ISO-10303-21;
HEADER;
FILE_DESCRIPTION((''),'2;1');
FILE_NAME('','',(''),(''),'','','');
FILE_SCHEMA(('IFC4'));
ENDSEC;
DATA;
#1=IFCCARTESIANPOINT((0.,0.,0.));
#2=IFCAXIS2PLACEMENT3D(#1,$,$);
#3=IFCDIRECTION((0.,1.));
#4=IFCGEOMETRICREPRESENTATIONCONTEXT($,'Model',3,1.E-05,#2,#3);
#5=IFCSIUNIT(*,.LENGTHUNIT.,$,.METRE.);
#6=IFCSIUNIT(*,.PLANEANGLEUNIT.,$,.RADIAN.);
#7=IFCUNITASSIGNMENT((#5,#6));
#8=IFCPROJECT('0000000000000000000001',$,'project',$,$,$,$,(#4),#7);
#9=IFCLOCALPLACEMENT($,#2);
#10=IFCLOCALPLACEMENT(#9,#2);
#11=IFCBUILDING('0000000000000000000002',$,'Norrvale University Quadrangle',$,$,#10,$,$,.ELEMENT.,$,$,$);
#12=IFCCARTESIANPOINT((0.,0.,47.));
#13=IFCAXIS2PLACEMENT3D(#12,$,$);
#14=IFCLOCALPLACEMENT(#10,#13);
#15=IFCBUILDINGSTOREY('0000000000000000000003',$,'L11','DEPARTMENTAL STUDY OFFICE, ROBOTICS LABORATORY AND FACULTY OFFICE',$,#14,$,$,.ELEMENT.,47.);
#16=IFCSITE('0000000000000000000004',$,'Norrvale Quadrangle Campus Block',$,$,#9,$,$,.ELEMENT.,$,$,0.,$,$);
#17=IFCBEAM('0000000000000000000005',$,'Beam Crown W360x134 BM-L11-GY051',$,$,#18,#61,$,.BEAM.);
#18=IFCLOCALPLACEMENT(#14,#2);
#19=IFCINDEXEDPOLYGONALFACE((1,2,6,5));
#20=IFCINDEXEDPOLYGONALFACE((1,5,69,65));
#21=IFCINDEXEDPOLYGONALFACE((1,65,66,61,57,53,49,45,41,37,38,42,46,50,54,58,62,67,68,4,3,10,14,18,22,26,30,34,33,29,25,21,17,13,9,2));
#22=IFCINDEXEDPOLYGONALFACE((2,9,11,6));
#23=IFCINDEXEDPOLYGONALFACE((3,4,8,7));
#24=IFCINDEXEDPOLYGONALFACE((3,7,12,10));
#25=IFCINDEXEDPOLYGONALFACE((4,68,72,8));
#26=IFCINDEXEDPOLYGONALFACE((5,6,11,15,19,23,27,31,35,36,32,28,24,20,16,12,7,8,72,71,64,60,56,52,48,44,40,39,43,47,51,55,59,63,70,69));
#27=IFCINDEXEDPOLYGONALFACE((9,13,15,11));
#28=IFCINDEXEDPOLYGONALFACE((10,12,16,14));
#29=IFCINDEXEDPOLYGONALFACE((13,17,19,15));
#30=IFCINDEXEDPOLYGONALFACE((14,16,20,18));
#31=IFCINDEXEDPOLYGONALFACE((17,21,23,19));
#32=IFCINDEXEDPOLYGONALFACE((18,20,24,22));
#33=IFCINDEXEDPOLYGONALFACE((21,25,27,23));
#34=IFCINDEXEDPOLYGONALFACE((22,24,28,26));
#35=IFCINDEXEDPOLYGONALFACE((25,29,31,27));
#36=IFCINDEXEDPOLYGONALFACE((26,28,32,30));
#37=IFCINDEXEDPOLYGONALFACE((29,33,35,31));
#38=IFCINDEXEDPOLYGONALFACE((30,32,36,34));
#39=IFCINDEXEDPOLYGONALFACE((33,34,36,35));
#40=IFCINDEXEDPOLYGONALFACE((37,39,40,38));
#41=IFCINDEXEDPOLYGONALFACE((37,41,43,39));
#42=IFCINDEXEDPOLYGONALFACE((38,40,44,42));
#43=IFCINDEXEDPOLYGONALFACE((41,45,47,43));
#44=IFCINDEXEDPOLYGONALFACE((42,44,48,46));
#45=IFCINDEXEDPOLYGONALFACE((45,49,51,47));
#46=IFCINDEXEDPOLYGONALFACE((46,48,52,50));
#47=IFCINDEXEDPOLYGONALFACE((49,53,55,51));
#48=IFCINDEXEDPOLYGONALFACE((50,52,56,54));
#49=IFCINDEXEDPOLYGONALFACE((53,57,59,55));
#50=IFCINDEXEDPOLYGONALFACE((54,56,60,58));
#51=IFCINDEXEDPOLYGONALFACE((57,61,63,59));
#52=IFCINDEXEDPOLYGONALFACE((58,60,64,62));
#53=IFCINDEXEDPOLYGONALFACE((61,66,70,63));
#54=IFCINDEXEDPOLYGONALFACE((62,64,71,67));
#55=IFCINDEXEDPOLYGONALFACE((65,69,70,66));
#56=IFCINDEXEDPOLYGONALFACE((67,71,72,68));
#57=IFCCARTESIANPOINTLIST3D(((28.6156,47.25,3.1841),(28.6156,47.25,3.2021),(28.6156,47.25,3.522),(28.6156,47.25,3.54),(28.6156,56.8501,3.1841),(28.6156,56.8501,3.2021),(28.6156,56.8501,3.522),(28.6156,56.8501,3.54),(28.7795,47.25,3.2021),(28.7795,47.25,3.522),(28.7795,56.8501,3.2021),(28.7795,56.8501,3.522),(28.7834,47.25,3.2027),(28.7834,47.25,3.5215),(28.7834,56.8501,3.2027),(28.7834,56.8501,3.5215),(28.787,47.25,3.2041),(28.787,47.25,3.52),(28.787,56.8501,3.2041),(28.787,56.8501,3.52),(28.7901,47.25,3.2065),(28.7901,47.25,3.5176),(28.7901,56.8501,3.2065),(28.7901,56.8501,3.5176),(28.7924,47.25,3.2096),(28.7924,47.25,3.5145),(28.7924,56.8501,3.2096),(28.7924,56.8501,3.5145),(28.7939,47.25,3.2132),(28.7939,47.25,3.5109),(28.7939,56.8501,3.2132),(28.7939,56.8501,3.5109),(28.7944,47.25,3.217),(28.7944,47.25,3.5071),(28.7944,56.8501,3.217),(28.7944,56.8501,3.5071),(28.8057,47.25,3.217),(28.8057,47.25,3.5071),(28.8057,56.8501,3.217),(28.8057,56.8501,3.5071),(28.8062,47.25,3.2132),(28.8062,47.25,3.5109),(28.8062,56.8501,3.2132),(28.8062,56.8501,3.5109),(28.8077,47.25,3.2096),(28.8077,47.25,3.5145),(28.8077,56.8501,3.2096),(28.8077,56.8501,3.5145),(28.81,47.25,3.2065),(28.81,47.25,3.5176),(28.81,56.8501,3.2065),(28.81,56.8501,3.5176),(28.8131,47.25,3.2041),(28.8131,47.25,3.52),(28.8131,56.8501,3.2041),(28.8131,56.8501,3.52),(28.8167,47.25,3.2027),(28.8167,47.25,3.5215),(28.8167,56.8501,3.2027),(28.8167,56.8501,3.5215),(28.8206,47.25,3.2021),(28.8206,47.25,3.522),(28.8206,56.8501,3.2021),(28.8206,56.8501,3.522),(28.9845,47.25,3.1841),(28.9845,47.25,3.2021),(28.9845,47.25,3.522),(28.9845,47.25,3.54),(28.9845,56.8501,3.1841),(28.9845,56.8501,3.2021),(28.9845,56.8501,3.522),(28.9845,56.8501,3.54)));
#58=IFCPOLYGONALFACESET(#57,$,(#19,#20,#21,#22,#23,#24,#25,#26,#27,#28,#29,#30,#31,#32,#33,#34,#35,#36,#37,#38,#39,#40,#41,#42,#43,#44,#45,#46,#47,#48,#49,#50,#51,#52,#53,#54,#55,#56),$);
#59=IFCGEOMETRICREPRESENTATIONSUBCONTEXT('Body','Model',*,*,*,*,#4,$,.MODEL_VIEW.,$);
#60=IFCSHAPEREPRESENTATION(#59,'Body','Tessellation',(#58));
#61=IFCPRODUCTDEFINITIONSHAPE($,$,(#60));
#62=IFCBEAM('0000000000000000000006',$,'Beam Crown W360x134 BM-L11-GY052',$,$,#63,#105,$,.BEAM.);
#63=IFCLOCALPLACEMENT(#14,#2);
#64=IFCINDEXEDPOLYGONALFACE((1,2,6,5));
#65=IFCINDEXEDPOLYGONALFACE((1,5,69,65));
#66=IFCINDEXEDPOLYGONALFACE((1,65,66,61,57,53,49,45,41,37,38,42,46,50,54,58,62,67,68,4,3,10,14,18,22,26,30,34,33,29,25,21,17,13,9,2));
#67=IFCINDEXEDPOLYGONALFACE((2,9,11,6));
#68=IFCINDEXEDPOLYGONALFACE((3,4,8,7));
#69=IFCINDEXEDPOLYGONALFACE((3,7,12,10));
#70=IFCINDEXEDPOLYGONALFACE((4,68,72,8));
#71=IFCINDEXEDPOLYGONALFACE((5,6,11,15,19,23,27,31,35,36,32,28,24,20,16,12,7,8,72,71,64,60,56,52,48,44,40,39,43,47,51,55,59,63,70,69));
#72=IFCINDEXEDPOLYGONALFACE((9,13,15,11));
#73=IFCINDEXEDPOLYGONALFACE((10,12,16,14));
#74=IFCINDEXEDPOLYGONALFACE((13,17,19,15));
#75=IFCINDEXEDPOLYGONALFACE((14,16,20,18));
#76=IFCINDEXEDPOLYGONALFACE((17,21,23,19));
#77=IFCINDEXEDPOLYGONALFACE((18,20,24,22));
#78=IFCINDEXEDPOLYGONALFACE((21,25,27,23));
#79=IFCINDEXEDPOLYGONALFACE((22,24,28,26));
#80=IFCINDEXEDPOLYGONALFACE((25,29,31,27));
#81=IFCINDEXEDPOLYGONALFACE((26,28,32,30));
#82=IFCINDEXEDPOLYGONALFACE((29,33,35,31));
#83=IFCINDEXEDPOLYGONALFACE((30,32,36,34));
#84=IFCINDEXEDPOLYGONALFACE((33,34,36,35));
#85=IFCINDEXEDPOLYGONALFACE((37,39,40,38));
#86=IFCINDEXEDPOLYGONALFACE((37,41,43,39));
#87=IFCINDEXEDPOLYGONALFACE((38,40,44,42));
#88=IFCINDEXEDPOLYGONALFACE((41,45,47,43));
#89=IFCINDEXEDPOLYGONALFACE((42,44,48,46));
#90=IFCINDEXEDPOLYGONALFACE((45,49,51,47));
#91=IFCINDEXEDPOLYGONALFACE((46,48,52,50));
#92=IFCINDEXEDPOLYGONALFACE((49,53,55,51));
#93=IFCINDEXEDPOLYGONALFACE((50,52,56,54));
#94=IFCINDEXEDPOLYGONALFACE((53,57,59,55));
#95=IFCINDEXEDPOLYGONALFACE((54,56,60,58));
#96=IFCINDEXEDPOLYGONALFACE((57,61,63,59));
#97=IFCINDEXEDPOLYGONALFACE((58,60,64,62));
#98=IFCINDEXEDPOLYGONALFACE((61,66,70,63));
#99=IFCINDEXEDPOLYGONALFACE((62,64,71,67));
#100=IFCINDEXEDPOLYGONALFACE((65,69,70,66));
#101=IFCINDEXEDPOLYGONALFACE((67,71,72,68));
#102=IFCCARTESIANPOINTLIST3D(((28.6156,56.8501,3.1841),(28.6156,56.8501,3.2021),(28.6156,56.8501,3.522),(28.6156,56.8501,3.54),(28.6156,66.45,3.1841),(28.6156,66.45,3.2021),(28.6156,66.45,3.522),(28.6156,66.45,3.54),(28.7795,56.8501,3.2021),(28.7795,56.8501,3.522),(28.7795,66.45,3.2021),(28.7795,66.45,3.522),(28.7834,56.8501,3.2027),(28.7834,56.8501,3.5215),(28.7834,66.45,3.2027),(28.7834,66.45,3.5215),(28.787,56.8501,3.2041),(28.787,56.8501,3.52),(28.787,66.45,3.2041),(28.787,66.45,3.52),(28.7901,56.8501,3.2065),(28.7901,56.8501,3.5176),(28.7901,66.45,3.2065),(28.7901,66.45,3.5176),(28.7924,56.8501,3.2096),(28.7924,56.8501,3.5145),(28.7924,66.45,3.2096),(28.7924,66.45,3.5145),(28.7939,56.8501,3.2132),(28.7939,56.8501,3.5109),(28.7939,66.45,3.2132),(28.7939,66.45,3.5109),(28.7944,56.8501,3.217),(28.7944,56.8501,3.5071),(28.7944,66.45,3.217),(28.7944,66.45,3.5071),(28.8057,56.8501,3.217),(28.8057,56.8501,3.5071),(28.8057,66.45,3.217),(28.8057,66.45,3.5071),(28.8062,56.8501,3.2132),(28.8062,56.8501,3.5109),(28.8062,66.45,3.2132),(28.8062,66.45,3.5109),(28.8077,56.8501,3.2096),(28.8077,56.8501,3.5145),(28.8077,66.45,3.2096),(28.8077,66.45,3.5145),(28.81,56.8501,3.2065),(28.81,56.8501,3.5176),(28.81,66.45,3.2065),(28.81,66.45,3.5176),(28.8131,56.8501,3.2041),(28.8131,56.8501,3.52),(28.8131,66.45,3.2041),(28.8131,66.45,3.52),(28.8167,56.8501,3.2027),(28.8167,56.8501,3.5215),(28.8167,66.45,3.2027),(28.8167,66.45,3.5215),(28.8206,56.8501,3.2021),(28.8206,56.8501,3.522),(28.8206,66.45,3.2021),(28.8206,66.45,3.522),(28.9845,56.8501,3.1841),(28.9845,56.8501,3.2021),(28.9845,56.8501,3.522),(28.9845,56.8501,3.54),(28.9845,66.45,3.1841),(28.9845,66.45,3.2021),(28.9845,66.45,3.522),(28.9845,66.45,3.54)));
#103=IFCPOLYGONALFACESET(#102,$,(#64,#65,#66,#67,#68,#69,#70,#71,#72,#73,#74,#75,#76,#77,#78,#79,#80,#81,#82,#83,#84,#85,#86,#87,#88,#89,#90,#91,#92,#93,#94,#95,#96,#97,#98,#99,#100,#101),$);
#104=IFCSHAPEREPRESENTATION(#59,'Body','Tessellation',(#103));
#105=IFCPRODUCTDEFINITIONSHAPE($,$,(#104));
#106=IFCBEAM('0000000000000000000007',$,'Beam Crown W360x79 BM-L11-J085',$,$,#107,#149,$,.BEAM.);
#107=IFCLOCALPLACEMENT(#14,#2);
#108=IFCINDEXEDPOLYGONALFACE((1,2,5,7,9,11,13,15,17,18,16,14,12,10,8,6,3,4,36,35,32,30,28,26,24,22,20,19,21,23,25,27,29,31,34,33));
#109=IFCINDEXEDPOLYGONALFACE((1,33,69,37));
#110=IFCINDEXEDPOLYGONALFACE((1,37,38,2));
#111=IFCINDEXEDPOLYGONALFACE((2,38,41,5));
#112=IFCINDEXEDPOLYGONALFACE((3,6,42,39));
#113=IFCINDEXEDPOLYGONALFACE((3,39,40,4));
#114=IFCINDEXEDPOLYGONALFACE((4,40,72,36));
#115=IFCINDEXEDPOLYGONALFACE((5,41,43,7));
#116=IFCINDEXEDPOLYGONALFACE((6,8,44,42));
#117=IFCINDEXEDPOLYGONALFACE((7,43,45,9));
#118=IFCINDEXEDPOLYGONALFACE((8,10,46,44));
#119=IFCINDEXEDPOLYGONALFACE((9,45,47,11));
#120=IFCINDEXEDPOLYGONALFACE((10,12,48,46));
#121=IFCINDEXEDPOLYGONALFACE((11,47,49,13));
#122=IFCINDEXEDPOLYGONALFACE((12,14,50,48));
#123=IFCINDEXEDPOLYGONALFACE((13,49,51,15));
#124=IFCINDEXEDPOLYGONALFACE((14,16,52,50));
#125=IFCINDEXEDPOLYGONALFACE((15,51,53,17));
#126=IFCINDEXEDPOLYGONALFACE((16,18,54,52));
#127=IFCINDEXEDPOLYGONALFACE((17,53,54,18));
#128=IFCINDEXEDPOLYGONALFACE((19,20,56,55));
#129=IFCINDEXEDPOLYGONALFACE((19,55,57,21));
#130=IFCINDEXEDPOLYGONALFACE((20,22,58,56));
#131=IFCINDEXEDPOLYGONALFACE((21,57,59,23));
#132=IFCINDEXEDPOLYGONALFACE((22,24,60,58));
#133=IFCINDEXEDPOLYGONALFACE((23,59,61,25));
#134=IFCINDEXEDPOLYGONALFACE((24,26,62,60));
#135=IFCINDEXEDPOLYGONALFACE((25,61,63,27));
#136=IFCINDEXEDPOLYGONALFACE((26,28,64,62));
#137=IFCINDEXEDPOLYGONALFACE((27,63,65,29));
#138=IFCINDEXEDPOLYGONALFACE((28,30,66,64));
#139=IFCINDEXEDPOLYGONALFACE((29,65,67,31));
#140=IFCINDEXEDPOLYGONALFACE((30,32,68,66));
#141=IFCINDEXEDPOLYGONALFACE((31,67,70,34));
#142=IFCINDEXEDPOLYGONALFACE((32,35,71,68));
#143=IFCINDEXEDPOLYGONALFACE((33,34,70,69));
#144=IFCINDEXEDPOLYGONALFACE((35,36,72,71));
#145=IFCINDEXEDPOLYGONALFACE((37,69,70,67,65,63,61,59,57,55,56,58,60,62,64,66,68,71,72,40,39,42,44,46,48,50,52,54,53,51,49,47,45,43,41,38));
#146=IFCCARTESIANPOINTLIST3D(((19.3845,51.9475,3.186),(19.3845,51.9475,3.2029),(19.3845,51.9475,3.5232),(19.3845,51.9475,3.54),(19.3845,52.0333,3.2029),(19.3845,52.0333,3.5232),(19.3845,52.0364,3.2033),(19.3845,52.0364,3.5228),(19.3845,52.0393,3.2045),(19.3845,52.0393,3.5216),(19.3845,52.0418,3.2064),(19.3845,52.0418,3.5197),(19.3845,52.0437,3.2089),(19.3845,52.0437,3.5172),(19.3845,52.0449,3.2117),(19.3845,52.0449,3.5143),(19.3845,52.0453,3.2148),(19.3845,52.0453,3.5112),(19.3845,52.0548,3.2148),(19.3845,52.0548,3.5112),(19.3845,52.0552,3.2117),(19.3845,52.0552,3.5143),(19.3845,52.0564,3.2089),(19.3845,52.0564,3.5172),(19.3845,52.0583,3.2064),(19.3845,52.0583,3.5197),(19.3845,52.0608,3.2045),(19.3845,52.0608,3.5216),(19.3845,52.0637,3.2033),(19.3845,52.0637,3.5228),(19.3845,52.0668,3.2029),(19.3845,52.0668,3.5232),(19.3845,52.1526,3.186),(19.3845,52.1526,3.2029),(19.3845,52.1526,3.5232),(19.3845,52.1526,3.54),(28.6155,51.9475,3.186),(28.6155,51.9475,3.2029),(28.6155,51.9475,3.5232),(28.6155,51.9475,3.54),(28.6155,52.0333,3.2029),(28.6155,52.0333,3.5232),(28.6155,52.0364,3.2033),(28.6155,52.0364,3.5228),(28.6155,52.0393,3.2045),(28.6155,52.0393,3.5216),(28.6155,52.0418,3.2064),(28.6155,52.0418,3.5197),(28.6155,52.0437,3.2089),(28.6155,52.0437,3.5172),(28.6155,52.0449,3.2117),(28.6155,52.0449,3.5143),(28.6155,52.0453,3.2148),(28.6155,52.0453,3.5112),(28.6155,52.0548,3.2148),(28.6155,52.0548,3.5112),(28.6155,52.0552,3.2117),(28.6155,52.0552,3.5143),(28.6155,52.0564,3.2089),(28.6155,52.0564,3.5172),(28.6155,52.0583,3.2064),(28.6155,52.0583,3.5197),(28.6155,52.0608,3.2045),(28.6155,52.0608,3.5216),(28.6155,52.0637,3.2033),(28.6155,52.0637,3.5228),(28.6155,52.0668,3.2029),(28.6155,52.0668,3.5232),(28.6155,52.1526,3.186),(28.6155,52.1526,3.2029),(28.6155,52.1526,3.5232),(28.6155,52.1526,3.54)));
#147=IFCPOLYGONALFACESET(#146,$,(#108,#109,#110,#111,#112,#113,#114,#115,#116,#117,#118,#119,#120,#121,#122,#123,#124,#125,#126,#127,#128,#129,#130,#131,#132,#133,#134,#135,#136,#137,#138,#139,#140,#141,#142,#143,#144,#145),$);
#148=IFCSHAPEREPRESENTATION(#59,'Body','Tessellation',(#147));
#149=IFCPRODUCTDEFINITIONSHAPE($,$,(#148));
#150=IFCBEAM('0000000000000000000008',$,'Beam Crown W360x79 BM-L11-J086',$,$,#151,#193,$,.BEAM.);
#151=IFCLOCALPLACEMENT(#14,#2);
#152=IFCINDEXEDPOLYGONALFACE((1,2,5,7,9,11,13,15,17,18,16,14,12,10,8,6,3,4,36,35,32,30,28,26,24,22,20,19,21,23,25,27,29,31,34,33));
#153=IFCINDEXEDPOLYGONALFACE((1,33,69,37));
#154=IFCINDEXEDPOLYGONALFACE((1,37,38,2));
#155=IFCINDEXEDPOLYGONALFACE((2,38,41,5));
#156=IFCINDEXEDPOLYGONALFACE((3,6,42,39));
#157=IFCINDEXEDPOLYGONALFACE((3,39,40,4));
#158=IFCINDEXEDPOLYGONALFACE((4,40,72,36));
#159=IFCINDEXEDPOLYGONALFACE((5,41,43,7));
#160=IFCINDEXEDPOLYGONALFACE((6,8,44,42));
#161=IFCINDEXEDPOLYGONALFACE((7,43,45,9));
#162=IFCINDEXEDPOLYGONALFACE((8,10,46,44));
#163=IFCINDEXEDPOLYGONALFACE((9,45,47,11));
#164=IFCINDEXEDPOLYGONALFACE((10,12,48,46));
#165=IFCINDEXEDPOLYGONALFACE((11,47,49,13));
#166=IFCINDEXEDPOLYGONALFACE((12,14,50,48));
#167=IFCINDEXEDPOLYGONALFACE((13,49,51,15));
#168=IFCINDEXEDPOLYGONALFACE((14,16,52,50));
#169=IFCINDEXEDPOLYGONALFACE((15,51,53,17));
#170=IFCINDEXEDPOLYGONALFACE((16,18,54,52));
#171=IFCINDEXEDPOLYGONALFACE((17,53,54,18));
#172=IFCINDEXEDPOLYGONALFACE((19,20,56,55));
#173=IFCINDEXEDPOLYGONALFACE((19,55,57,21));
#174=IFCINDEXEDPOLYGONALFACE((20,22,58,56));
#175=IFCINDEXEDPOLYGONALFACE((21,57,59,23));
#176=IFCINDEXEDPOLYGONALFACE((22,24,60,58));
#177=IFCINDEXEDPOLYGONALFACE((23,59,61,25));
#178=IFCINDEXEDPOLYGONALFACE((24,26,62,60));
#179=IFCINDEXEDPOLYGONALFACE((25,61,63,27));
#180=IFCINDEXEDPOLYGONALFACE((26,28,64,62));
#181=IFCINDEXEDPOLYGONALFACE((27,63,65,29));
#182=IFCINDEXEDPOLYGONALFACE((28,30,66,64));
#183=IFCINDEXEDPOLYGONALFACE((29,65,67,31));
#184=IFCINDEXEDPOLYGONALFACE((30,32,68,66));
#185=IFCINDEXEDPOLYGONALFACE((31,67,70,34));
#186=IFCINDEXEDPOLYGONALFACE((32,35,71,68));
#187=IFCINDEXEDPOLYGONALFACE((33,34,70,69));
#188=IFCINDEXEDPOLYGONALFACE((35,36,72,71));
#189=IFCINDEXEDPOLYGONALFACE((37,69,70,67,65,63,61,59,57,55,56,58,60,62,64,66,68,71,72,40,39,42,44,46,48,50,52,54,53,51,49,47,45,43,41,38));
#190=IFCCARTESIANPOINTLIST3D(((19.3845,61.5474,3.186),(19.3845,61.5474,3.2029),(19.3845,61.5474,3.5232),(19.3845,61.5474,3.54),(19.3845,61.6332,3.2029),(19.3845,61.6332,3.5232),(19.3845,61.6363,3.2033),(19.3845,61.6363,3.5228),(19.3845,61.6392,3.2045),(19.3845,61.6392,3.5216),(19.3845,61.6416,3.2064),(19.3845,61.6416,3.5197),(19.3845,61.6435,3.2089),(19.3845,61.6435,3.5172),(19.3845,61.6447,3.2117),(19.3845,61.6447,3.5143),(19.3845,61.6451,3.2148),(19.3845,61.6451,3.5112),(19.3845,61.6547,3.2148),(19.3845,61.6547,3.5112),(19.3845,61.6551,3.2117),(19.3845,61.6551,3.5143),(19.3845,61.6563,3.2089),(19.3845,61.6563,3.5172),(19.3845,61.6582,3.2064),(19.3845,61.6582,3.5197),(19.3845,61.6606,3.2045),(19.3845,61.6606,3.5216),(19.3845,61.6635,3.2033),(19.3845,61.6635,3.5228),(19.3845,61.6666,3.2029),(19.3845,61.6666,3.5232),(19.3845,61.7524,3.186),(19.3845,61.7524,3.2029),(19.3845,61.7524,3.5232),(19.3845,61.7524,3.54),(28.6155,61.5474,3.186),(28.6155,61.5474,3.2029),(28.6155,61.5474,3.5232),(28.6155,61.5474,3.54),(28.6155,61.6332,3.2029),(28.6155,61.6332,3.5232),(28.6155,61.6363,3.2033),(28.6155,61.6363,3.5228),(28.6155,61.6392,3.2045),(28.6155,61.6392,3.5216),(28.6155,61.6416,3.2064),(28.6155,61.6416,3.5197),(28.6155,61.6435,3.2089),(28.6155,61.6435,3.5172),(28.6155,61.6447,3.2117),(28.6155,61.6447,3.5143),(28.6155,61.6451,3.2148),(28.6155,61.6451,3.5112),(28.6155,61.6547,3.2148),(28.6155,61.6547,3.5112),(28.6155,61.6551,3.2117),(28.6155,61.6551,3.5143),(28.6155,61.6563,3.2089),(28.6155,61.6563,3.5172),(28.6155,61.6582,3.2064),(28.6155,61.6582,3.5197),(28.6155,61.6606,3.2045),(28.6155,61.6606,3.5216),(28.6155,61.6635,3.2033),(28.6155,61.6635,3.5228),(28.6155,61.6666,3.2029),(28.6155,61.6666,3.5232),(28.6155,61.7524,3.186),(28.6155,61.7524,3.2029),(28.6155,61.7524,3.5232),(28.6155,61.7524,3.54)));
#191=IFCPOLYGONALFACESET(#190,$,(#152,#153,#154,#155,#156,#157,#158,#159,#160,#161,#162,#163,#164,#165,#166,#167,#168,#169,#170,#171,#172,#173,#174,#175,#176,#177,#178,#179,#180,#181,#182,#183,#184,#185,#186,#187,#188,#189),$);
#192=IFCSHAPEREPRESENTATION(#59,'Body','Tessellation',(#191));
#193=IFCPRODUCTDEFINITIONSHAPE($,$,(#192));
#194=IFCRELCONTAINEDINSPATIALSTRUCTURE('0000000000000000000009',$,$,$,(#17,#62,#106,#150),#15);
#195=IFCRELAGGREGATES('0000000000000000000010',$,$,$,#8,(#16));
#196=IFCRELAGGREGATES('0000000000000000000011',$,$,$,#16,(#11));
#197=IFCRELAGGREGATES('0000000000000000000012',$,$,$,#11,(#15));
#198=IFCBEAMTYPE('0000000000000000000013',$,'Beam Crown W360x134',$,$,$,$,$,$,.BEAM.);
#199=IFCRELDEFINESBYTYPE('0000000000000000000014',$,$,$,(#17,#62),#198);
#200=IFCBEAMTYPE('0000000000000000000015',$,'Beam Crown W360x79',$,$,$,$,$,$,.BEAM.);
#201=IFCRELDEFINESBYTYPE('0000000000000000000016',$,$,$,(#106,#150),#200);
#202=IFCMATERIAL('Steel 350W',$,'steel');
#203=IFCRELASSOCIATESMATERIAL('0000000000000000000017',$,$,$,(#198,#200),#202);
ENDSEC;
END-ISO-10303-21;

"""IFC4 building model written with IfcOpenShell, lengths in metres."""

from ifc_helpers import new_model, si_unit, direction, frame, origin, origin_2d, place, context, subcontext, project, spatial, i_section, extrude, material, material_profile, profile_set, type_object, element, save


model = new_model("IFC4")

# Units and contexts
model_context = context("Model", 3, precision=1e-05, world=origin(), true_north=direction((0.0, 1.0)))
body_context = subcontext(model_context, "Body", "Model", "MODEL_VIEW")
ifc_project = project(units=[si_unit("LENGTHUNIT", "METRE"), si_unit("PLANEANGLEUNIT", "RADIAN")], contexts=[model_context])

# Site, building, storey
site_placement = place(None, origin())
site = spatial("IfcSite", under=ifc_project, at=site_placement, Name="Norrvale Quadrangle Campus Block", CompositionType="ELEMENT", RefElevation=0.0)
building_placement = place(site_placement, origin())
building = spatial("IfcBuilding", under=site, at=building_placement, Name="Norrvale University Quadrangle", CompositionType="ELEMENT")
storey_placement = place(building_placement, frame((0.0, 0.0, 47.0)))
storey = spatial("IfcBuildingStorey", under=building, at=storey_placement, Name="L11", Description="DEPARTMENTAL STUDY OFFICE, ROBOTICS LABORATORY AND FACULTY OFFICE", CompositionType="ELEMENT", Elevation=47.0)

# Beams
ifc_material_1 = material(Name="Steel 350W", Category="steel")
ifc_material_profile_1 = material_profile(ifc_material_1, i_section(OverallWidth=0.3689, OverallDepth=0.356, WebThickness=0.0112, FlangeThickness=0.0181, FilletRadius=0.0149, at=origin_2d()), Name="Steel 350W")
ifc_profile_set_1 = profile_set([ifc_material_profile_1], Name="Steel 350W")
beam_type_1 = type_object("IfcBeamType", Name="Beam Crown W360x134", PredefinedType="BEAM", material=ifc_profile_set_1)
beam_1_placement = place(storey_placement, frame((28.8, 47.25, 3.3621), z_axis=(0.0, 1.0, 0.0), x_axis=(-1.0, 0.0, 0.0)))
element("IfcBeam", 1, at=beam_1_placement, inside=storey, type_object=beam_type_1, Name="Beam Crown W360x134 BM-L11-GY051", PredefinedType="BEAM", context=body_context, shape_type="SweptSolid", body=[
    extrude(i_section(OverallWidth=0.3689, OverallDepth=0.356, WebThickness=0.0112, FlangeThickness=0.0181, FilletRadius=0.0149, at=origin_2d()), origin(), (0.0, 0.0, 1.0), 9.6001),
])
beam_2_placement = place(storey_placement, frame((28.8, 56.8501, 3.3621), z_axis=(0.0, 1.0, 0.0), x_axis=(-1.0, 0.0, 0.0)))
element("IfcBeam", 2, at=beam_2_placement, inside=storey, type_object=beam_type_1, Name="Beam Crown W360x134 BM-L11-GY052", PredefinedType="BEAM", context=body_context, shape_type="SweptSolid", body=[
    extrude(i_section(OverallWidth=0.3689, OverallDepth=0.356, WebThickness=0.0112, FlangeThickness=0.0181, FilletRadius=0.0149, at=origin_2d()), origin(), (0.0, 0.0, 1.0), 9.5999),
])
ifc_material_profile_2 = material_profile(ifc_material_1, i_section(OverallWidth=0.2051, OverallDepth=0.354, WebThickness=0.0095, FlangeThickness=0.0168, FilletRadius=0.012, at=origin_2d()), Name="Steel 350W")
ifc_profile_set_2 = profile_set([ifc_material_profile_2], Name="Steel 350W")
beam_type_2 = type_object("IfcBeamType", Name="Beam Crown W360x79", PredefinedType="BEAM", material=ifc_profile_set_2)
for number, where, z_axis, x_axis, name in (
    (3, (19.3845, 52.05, 3.363), (1.0, 0.0, 0.0), (0.0, 1.0, 0.0), "Beam Crown W360x79 BM-L11-J085"),
    (4, (19.3845, 61.6499, 3.363), (1.0, 0.0, 0.0), (0.0, 1.0, 0.0), "Beam Crown W360x79 BM-L11-J086"),
):
    element("IfcBeam", number, at=place(storey_placement, frame(where, z_axis=z_axis, x_axis=x_axis)), inside=storey, type_object=beam_type_2, Name=name, PredefinedType="BEAM", context=body_context, shape_type="SweptSolid", body=[
        extrude(i_section(OverallWidth=0.2051, OverallDepth=0.354, WebThickness=0.0095, FlangeThickness=0.0168, FilletRadius=0.012, at=origin_2d()), origin(), (0.0, 0.0, 1.0), 9.231),
    ])

save(model, "model.ifc")
